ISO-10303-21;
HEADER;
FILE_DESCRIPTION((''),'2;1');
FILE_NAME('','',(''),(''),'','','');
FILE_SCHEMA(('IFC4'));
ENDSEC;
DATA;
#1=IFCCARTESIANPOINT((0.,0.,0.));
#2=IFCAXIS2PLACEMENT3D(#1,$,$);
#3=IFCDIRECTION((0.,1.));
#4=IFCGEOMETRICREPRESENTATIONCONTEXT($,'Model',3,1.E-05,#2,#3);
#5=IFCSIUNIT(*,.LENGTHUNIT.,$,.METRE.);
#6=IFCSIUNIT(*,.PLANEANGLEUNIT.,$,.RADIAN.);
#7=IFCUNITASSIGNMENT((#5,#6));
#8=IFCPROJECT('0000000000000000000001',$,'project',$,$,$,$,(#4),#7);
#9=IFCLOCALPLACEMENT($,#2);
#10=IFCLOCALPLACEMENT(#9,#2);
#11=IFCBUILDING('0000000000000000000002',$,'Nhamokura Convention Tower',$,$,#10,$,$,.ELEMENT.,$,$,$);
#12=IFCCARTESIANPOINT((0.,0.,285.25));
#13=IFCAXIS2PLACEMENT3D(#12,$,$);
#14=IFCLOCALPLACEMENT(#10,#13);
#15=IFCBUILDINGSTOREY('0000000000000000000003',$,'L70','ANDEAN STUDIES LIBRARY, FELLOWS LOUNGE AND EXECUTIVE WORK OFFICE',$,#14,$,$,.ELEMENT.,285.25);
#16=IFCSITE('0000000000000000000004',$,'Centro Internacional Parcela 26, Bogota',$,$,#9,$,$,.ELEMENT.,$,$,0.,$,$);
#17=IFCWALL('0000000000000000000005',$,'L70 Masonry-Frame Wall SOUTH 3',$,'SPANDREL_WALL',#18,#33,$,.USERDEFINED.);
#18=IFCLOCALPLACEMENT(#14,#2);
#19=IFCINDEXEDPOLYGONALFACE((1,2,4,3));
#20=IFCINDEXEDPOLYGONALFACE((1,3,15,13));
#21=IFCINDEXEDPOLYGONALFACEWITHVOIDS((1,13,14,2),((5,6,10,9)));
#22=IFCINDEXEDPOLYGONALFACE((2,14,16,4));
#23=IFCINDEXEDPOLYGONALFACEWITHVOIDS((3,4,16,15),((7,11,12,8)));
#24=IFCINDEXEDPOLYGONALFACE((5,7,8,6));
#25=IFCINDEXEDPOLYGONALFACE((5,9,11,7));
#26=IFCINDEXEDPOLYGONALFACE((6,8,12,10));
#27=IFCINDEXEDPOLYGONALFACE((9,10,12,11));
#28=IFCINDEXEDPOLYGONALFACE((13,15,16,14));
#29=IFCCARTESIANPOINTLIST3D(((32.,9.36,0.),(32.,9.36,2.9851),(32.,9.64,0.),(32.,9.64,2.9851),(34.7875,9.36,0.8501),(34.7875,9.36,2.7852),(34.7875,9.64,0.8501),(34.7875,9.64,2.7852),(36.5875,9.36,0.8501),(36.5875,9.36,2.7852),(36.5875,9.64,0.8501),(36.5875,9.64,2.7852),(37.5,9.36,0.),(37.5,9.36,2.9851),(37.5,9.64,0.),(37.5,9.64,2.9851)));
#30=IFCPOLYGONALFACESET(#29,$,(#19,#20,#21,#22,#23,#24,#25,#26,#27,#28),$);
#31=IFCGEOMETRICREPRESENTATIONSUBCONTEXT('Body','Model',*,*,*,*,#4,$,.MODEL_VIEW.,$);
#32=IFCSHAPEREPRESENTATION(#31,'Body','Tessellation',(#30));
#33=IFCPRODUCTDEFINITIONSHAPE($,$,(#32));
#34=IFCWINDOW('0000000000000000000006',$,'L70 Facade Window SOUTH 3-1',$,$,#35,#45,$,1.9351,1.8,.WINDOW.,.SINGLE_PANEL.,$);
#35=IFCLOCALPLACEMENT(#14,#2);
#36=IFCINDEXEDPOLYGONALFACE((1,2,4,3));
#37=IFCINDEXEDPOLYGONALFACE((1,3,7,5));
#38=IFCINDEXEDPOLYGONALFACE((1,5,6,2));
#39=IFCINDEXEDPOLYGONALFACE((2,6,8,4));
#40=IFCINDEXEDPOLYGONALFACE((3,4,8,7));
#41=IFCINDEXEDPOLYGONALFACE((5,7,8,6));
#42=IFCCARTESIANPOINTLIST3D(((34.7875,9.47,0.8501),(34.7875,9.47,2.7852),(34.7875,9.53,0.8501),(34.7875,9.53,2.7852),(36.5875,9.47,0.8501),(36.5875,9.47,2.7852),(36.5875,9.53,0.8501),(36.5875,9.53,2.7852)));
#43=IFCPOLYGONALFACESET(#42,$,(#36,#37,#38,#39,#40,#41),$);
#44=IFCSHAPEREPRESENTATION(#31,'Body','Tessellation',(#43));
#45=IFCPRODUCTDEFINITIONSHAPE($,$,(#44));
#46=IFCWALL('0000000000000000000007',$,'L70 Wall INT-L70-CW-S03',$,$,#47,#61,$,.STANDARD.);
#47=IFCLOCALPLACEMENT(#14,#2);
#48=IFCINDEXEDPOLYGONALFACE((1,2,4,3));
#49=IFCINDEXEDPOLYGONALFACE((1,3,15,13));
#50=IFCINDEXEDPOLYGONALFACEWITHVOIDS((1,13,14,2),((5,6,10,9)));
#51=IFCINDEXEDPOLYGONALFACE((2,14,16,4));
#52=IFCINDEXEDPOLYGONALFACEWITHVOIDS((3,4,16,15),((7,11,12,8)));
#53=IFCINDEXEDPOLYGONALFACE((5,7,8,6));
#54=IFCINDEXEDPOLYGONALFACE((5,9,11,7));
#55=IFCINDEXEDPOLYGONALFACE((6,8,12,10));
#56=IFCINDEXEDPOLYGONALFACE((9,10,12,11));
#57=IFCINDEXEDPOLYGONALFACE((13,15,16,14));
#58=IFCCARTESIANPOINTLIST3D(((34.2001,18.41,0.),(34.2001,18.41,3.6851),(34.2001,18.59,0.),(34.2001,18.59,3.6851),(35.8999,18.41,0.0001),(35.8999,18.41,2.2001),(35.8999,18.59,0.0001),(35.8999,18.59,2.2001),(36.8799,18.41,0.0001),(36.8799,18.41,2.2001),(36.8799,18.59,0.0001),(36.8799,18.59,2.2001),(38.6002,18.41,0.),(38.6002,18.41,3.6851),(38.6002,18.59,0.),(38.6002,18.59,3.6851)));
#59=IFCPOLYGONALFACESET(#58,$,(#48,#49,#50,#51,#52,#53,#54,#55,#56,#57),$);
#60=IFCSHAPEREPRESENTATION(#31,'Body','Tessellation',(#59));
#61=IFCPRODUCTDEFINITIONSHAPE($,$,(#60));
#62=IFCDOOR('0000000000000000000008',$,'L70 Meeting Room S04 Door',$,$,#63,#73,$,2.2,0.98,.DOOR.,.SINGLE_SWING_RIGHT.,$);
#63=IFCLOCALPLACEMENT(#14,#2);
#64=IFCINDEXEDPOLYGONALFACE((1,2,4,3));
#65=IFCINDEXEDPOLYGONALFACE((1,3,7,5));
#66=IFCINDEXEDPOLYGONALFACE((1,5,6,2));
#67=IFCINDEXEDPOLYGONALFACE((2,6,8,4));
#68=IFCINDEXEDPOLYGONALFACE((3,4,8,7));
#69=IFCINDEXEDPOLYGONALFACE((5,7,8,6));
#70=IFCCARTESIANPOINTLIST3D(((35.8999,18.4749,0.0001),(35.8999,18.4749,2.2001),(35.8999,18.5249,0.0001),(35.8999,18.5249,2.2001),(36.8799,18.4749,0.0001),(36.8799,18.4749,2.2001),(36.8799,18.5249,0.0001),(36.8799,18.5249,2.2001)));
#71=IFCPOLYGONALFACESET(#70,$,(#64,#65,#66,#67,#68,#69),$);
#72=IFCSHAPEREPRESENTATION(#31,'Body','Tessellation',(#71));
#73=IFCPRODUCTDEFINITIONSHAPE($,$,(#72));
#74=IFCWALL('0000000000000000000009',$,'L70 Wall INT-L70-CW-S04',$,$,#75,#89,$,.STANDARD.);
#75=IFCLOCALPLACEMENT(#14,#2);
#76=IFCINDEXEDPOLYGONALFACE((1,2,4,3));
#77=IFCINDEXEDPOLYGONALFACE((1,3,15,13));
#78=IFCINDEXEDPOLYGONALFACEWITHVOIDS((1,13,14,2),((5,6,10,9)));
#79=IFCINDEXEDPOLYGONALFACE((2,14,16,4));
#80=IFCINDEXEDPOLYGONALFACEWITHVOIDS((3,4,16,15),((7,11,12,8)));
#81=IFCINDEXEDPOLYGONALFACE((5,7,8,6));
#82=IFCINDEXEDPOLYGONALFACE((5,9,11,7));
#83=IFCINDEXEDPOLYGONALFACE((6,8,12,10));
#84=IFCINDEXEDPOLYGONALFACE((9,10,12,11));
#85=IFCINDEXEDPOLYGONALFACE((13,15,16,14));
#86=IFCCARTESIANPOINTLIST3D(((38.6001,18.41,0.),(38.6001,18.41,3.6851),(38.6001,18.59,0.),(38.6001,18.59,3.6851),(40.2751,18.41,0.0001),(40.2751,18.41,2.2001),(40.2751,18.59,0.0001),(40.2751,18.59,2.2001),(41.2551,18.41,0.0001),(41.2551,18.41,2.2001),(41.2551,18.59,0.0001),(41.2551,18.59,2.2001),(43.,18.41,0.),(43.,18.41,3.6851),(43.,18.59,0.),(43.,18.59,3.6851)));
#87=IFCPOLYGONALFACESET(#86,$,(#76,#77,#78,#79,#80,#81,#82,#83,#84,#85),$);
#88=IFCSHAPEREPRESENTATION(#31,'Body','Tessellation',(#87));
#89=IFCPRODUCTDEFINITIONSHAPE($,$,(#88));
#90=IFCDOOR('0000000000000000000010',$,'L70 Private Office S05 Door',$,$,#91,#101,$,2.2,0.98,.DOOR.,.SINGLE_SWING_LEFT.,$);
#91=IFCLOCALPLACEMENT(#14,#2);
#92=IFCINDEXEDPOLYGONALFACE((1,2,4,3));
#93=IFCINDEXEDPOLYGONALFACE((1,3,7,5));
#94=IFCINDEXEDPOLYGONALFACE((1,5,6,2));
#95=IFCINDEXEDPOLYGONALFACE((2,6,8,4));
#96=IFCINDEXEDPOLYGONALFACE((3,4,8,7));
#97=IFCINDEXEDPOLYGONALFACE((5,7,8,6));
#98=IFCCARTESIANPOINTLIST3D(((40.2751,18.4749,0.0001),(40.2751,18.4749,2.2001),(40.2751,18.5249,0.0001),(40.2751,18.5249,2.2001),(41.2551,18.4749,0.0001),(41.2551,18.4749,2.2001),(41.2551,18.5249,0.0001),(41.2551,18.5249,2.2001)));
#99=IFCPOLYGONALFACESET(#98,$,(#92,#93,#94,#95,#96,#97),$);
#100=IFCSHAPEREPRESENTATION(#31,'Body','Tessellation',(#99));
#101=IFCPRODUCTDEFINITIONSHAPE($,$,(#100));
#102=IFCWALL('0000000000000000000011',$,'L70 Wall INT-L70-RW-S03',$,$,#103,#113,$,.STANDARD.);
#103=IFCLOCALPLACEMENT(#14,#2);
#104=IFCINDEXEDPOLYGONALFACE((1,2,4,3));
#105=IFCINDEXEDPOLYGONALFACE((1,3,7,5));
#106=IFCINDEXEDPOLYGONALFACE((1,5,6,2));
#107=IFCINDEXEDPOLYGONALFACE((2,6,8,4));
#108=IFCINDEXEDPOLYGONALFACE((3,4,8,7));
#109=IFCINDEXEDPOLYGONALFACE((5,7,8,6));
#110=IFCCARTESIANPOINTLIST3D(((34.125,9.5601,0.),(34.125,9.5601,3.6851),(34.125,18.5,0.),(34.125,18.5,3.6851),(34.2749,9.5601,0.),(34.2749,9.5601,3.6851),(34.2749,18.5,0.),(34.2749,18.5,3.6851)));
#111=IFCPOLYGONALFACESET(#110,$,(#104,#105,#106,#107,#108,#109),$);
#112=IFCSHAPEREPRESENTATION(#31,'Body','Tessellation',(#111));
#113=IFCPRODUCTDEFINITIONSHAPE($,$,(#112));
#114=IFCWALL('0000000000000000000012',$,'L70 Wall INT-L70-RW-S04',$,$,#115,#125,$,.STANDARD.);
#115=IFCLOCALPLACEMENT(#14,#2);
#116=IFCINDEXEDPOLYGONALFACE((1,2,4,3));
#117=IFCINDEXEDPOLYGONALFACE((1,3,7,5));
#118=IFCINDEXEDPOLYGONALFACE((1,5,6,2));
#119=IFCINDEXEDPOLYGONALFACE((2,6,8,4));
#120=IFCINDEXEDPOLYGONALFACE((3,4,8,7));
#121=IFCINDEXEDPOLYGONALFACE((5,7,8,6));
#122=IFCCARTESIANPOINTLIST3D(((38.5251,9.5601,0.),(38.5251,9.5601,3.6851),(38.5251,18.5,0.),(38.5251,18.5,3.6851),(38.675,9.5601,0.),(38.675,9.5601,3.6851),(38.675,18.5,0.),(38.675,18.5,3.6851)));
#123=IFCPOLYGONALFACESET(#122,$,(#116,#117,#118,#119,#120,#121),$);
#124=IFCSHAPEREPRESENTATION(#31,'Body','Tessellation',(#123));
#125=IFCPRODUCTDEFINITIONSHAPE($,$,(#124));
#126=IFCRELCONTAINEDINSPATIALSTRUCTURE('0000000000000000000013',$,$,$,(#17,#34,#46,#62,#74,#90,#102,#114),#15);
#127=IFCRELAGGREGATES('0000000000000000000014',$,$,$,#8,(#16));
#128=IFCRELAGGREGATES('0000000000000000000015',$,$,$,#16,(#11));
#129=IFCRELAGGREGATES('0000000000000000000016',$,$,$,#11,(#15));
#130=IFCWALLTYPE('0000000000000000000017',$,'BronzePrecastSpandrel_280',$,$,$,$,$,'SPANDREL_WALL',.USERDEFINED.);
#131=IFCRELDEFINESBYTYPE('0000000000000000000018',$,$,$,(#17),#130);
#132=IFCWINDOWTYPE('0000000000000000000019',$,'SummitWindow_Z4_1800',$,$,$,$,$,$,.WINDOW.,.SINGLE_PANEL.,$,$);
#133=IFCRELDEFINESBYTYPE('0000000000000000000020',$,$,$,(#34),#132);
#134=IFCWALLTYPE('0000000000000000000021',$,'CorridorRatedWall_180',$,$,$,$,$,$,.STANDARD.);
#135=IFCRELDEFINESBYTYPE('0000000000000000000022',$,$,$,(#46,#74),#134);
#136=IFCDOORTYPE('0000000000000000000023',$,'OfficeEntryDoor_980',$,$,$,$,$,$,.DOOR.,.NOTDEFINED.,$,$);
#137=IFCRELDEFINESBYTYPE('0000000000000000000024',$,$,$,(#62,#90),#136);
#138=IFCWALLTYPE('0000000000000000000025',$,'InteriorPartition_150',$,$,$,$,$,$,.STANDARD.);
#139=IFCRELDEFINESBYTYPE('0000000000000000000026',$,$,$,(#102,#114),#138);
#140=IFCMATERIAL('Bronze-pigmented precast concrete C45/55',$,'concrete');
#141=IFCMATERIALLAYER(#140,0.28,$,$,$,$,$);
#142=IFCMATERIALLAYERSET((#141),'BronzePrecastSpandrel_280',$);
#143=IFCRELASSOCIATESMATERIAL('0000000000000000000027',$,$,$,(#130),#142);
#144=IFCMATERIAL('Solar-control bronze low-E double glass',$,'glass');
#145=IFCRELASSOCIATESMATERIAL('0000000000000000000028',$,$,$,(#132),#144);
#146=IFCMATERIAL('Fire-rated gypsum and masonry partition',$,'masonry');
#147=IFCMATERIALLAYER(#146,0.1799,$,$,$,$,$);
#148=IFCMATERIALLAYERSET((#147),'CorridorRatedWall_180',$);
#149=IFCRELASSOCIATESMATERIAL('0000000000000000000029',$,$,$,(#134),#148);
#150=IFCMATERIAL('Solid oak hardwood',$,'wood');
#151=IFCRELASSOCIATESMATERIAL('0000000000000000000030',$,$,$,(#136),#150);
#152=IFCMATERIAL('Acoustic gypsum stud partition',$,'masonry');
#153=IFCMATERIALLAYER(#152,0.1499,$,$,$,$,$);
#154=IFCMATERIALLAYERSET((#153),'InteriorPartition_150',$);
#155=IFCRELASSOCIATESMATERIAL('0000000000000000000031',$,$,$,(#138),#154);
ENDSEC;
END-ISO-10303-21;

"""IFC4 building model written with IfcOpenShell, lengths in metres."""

from ifc_helpers import new_model, si_unit, direction, frame, frame_2d, origin, place, context, subcontext, project, spatial, rectangle, extrude, material, layer, layer_set, type_object, element, fill, save


model = new_model("IFC4")

# Units and contexts
model_context = context("Model", 3, precision=1e-05, world=origin(), true_north=direction((0.0, 1.0)))
body_context = subcontext(model_context, "Body", "Model", "MODEL_VIEW")
ifc_project = project(units=[si_unit("LENGTHUNIT", "METRE"), si_unit("PLANEANGLEUNIT", "RADIAN")], contexts=[model_context])

# Site, building, storey
site_placement = place(None, origin())
site = spatial("IfcSite", under=ifc_project, at=site_placement, Name="Centro Internacional Parcela 26, Bogota", CompositionType="ELEMENT", RefElevation=0.0)
building_placement = place(site_placement, origin())
building = spatial("IfcBuilding", under=site, at=building_placement, Name="Nhamokura Convention Tower", CompositionType="ELEMENT")
storey_placement = place(building_placement, frame((0.0, 0.0, 285.25)))
storey = spatial("IfcBuildingStorey", under=building, at=storey_placement, Name="L70", Description="ANDEAN STUDIES LIBRARY, FELLOWS LOUNGE AND EXECUTIVE WORK OFFICE", CompositionType="ELEMENT", Elevation=285.25)

# Wall, opening, window
ifc_material_1 = material(Name="Bronze-pigmented precast concrete C45/55", Category="concrete")
ifc_layer_1 = layer(ifc_material_1, 0.28)
ifc_layer_set_1 = layer_set([ifc_layer_1], Name="BronzePrecastSpandrel_280")
wall_type_1 = type_object("IfcWallType", Name="BronzePrecastSpandrel_280", ElementType="SPANDREL_WALL", PredefinedType="USERDEFINED", material=ifc_layer_set_1)
ifc_material_2 = material(Name="Solar-control bronze low-E double glass", Category="glass")
window_type = type_object("IfcWindowType", Name="SummitWindow_Z4_1800", PartitioningType="SINGLE_PANEL", PredefinedType="WINDOW", material=ifc_material_2)
wall_1_placement = place(storey_placement, frame((37.5, 9.5, 0.0), z_axis=(0.0, 0.0, 1.0), x_axis=(-1.0, 0.0, 0.0)))
wall_1 = element("IfcWall", 1, at=wall_1_placement, inside=storey, type_object=wall_type_1, Name="L70 Masonry-Frame Wall SOUTH 3", ObjectType="SPANDREL_WALL", PredefinedType="USERDEFINED", context=body_context, shape_type="SweptSolid", body=[
    extrude(rectangle(XDim=5.5, YDim=0.28, at=frame_2d((2.75, 0.0))), origin(), (0.0, 0.0, 1.0), 2.9851),
])
opening_1_placement = place(wall_1_placement, frame((0.9126, 0.0, 0.8501)))
opening_1 = element("IfcOpeningElement", 2, at=opening_1_placement, cuts=wall_1, PredefinedType="OPENING", context=body_context, shape_type="SweptSolid", body=[
    extrude(rectangle(XDim=1.8, YDim=1.9351, at=frame_2d((0.8999, 0.9675))), frame((0.0, 0.1499, 0.0), z_axis=(0.0, -1.0, 0.0), x_axis=(1.0, 0.0, 0.0)), (0.0, 0.0, 1.0), 0.3),
])
window_1_placement = place(opening_1_placement, origin())
window_1 = element("IfcWindow", 3, at=window_1_placement, inside=storey, type_object=window_type, Name="L70 Facade Window SOUTH 3-1", OverallHeight=1.9351, OverallWidth=1.8, PartitioningType="SINGLE_PANEL", PredefinedType="WINDOW", context=body_context, shape_type="SweptSolid", body=[
    extrude(rectangle(XDim=1.8, YDim=1.9351, at=frame_2d((0.8999, 0.9675))), frame((0.0, 0.03, 0.0), z_axis=(0.0, -1.0, 0.0), x_axis=(1.0, 0.0, 0.0)), (0.0, 0.0, 1.0), 0.0601),
])
fill(opening_1, window_1)

# Walls, openings, doors
ifc_material_3 = material(Name="Fire-rated gypsum and masonry partition", Category="masonry")
ifc_layer_2 = layer(ifc_material_3, 0.1799)
ifc_layer_set_2 = layer_set([ifc_layer_2], Name="CorridorRatedWall_180")
wall_type_2 = type_object("IfcWallType", Name="CorridorRatedWall_180", PredefinedType="STANDARD", material=ifc_layer_set_2)
wall_2_placement = place(storey_placement, frame((34.2, 18.5, 0.0), z_axis=(0.0, 0.0, 1.0), x_axis=(1.0, 0.0, 0.0)))
wall_2 = element("IfcWall", 4, at=wall_2_placement, inside=storey, type_object=wall_type_2, Name="L70 Wall INT-L70-CW-S03", PredefinedType="STANDARD", context=body_context, shape_type="SweptSolid", body=[
    extrude(rectangle(XDim=4.4001, YDim=0.1799, at=frame_2d((2.2002, 0.0))), origin(), (0.0, 0.0, 1.0), 3.6851),
])
opening_2_placement = place(wall_2_placement, frame((1.7, 0.0, 0.0)))
opening_2 = element("IfcOpeningElement", 5, at=opening_2_placement, cuts=wall_2, PredefinedType="OPENING", context=body_context, shape_type="SweptSolid", body=[
    extrude(rectangle(XDim=0.98, YDim=2.2, at=frame_2d((0.49, 1.1001))), frame((0.0, 0.0999, 0.0), z_axis=(0.0, -1.0, 0.0), x_axis=(1.0, 0.0, 0.0)), (0.0, 0.0, 1.0), 0.2),
])
ifc_material_4 = material(Name="Solid oak hardwood", Category="wood")
door_type = type_object("IfcDoorType", Name="OfficeEntryDoor_980", OperationType="NOTDEFINED", PredefinedType="DOOR", material=ifc_material_4)
door_1_placement = place(opening_2_placement, origin())
door_1 = element("IfcDoor", 6, at=door_1_placement, inside=storey, type_object=door_type, Name="L70 Meeting Room S04 Door", OperationType="SINGLE_SWING_RIGHT", OverallHeight=2.2, OverallWidth=0.98, PredefinedType="DOOR", context=body_context, shape_type="SweptSolid", body=[
    extrude(rectangle(XDim=0.98, YDim=2.2, at=frame_2d((0.49, 1.1001))), frame((0.0, 0.0249, 0.0), z_axis=(0.0, -1.0, 0.0), x_axis=(1.0, 0.0, 0.0)), (0.0, 0.0, 1.0), 0.05),
])
fill(opening_2, door_1)
wall_3_placement = place(storey_placement, frame((38.6001, 18.5, 0.0), z_axis=(0.0, 0.0, 1.0), x_axis=(1.0, 0.0, 0.0)))
wall_3 = element("IfcWall", 7, at=wall_3_placement, inside=storey, type_object=wall_type_2, Name="L70 Wall INT-L70-CW-S04", PredefinedType="STANDARD", context=body_context, shape_type="SweptSolid", body=[
    extrude(rectangle(XDim=4.3999, YDim=0.1799, at=frame_2d((2.2, 0.0))), origin(), (0.0, 0.0, 1.0), 3.6851),
])
opening_3_placement = place(wall_3_placement, frame((1.675, 0.0, 0.0)))
opening_3 = element("IfcOpeningElement", 8, at=opening_3_placement, cuts=wall_3, PredefinedType="OPENING", context=body_context, shape_type="SweptSolid", body=[
    extrude(rectangle(XDim=0.98, YDim=2.2, at=frame_2d((0.49, 1.1001))), frame((0.0, 0.0999, 0.0), z_axis=(0.0, -1.0, 0.0), x_axis=(1.0, 0.0, 0.0)), (0.0, 0.0, 1.0), 0.2),
])
door_2_placement = place(opening_3_placement, origin())
door_2 = element("IfcDoor", 9, at=door_2_placement, inside=storey, type_object=door_type, Name="L70 Private Office S05 Door", OperationType="SINGLE_SWING_LEFT", OverallHeight=2.2, OverallWidth=0.98, PredefinedType="DOOR", context=body_context, shape_type="SweptSolid", body=[
    extrude(rectangle(XDim=0.98, YDim=2.2, at=frame_2d((0.49, 1.1001))), frame((0.0, 0.0249, 0.0), z_axis=(0.0, -1.0, 0.0), x_axis=(1.0, 0.0, 0.0)), (0.0, 0.0, 1.0), 0.05),
])
fill(opening_3, door_2)

# Walls
ifc_material_5 = material(Name="Acoustic gypsum stud partition", Category="masonry")
ifc_layer_3 = layer(ifc_material_5, 0.1499)
ifc_layer_set_3 = layer_set([ifc_layer_3], Name="InteriorPartition_150")
wall_type_3 = type_object("IfcWallType", Name="InteriorPartition_150", PredefinedType="STANDARD", material=ifc_layer_set_3)
for number, where, z_axis, x_axis, name in (
    (10, (34.2, 9.5601, 0.0), (0.0, 0.0, 1.0), (0.0, 1.0, 0.0), "L70 Wall INT-L70-RW-S03"),
    (11, (38.6001, 9.5601, 0.0), (0.0, 0.0, 1.0), (0.0, 1.0, 0.0), "L70 Wall INT-L70-RW-S04"),
):
    element("IfcWall", number, at=place(storey_placement, frame(where, z_axis=z_axis, x_axis=x_axis)), inside=storey, type_object=wall_type_3, Name=name, PredefinedType="STANDARD", context=body_context, shape_type="SweptSolid", body=[
        extrude(rectangle(XDim=8.9399, YDim=0.1499, at=frame_2d((4.47, 0.0))), origin(), (0.0, 0.0, 1.0), 3.6851),
    ])

save(model, "model.ifc")
